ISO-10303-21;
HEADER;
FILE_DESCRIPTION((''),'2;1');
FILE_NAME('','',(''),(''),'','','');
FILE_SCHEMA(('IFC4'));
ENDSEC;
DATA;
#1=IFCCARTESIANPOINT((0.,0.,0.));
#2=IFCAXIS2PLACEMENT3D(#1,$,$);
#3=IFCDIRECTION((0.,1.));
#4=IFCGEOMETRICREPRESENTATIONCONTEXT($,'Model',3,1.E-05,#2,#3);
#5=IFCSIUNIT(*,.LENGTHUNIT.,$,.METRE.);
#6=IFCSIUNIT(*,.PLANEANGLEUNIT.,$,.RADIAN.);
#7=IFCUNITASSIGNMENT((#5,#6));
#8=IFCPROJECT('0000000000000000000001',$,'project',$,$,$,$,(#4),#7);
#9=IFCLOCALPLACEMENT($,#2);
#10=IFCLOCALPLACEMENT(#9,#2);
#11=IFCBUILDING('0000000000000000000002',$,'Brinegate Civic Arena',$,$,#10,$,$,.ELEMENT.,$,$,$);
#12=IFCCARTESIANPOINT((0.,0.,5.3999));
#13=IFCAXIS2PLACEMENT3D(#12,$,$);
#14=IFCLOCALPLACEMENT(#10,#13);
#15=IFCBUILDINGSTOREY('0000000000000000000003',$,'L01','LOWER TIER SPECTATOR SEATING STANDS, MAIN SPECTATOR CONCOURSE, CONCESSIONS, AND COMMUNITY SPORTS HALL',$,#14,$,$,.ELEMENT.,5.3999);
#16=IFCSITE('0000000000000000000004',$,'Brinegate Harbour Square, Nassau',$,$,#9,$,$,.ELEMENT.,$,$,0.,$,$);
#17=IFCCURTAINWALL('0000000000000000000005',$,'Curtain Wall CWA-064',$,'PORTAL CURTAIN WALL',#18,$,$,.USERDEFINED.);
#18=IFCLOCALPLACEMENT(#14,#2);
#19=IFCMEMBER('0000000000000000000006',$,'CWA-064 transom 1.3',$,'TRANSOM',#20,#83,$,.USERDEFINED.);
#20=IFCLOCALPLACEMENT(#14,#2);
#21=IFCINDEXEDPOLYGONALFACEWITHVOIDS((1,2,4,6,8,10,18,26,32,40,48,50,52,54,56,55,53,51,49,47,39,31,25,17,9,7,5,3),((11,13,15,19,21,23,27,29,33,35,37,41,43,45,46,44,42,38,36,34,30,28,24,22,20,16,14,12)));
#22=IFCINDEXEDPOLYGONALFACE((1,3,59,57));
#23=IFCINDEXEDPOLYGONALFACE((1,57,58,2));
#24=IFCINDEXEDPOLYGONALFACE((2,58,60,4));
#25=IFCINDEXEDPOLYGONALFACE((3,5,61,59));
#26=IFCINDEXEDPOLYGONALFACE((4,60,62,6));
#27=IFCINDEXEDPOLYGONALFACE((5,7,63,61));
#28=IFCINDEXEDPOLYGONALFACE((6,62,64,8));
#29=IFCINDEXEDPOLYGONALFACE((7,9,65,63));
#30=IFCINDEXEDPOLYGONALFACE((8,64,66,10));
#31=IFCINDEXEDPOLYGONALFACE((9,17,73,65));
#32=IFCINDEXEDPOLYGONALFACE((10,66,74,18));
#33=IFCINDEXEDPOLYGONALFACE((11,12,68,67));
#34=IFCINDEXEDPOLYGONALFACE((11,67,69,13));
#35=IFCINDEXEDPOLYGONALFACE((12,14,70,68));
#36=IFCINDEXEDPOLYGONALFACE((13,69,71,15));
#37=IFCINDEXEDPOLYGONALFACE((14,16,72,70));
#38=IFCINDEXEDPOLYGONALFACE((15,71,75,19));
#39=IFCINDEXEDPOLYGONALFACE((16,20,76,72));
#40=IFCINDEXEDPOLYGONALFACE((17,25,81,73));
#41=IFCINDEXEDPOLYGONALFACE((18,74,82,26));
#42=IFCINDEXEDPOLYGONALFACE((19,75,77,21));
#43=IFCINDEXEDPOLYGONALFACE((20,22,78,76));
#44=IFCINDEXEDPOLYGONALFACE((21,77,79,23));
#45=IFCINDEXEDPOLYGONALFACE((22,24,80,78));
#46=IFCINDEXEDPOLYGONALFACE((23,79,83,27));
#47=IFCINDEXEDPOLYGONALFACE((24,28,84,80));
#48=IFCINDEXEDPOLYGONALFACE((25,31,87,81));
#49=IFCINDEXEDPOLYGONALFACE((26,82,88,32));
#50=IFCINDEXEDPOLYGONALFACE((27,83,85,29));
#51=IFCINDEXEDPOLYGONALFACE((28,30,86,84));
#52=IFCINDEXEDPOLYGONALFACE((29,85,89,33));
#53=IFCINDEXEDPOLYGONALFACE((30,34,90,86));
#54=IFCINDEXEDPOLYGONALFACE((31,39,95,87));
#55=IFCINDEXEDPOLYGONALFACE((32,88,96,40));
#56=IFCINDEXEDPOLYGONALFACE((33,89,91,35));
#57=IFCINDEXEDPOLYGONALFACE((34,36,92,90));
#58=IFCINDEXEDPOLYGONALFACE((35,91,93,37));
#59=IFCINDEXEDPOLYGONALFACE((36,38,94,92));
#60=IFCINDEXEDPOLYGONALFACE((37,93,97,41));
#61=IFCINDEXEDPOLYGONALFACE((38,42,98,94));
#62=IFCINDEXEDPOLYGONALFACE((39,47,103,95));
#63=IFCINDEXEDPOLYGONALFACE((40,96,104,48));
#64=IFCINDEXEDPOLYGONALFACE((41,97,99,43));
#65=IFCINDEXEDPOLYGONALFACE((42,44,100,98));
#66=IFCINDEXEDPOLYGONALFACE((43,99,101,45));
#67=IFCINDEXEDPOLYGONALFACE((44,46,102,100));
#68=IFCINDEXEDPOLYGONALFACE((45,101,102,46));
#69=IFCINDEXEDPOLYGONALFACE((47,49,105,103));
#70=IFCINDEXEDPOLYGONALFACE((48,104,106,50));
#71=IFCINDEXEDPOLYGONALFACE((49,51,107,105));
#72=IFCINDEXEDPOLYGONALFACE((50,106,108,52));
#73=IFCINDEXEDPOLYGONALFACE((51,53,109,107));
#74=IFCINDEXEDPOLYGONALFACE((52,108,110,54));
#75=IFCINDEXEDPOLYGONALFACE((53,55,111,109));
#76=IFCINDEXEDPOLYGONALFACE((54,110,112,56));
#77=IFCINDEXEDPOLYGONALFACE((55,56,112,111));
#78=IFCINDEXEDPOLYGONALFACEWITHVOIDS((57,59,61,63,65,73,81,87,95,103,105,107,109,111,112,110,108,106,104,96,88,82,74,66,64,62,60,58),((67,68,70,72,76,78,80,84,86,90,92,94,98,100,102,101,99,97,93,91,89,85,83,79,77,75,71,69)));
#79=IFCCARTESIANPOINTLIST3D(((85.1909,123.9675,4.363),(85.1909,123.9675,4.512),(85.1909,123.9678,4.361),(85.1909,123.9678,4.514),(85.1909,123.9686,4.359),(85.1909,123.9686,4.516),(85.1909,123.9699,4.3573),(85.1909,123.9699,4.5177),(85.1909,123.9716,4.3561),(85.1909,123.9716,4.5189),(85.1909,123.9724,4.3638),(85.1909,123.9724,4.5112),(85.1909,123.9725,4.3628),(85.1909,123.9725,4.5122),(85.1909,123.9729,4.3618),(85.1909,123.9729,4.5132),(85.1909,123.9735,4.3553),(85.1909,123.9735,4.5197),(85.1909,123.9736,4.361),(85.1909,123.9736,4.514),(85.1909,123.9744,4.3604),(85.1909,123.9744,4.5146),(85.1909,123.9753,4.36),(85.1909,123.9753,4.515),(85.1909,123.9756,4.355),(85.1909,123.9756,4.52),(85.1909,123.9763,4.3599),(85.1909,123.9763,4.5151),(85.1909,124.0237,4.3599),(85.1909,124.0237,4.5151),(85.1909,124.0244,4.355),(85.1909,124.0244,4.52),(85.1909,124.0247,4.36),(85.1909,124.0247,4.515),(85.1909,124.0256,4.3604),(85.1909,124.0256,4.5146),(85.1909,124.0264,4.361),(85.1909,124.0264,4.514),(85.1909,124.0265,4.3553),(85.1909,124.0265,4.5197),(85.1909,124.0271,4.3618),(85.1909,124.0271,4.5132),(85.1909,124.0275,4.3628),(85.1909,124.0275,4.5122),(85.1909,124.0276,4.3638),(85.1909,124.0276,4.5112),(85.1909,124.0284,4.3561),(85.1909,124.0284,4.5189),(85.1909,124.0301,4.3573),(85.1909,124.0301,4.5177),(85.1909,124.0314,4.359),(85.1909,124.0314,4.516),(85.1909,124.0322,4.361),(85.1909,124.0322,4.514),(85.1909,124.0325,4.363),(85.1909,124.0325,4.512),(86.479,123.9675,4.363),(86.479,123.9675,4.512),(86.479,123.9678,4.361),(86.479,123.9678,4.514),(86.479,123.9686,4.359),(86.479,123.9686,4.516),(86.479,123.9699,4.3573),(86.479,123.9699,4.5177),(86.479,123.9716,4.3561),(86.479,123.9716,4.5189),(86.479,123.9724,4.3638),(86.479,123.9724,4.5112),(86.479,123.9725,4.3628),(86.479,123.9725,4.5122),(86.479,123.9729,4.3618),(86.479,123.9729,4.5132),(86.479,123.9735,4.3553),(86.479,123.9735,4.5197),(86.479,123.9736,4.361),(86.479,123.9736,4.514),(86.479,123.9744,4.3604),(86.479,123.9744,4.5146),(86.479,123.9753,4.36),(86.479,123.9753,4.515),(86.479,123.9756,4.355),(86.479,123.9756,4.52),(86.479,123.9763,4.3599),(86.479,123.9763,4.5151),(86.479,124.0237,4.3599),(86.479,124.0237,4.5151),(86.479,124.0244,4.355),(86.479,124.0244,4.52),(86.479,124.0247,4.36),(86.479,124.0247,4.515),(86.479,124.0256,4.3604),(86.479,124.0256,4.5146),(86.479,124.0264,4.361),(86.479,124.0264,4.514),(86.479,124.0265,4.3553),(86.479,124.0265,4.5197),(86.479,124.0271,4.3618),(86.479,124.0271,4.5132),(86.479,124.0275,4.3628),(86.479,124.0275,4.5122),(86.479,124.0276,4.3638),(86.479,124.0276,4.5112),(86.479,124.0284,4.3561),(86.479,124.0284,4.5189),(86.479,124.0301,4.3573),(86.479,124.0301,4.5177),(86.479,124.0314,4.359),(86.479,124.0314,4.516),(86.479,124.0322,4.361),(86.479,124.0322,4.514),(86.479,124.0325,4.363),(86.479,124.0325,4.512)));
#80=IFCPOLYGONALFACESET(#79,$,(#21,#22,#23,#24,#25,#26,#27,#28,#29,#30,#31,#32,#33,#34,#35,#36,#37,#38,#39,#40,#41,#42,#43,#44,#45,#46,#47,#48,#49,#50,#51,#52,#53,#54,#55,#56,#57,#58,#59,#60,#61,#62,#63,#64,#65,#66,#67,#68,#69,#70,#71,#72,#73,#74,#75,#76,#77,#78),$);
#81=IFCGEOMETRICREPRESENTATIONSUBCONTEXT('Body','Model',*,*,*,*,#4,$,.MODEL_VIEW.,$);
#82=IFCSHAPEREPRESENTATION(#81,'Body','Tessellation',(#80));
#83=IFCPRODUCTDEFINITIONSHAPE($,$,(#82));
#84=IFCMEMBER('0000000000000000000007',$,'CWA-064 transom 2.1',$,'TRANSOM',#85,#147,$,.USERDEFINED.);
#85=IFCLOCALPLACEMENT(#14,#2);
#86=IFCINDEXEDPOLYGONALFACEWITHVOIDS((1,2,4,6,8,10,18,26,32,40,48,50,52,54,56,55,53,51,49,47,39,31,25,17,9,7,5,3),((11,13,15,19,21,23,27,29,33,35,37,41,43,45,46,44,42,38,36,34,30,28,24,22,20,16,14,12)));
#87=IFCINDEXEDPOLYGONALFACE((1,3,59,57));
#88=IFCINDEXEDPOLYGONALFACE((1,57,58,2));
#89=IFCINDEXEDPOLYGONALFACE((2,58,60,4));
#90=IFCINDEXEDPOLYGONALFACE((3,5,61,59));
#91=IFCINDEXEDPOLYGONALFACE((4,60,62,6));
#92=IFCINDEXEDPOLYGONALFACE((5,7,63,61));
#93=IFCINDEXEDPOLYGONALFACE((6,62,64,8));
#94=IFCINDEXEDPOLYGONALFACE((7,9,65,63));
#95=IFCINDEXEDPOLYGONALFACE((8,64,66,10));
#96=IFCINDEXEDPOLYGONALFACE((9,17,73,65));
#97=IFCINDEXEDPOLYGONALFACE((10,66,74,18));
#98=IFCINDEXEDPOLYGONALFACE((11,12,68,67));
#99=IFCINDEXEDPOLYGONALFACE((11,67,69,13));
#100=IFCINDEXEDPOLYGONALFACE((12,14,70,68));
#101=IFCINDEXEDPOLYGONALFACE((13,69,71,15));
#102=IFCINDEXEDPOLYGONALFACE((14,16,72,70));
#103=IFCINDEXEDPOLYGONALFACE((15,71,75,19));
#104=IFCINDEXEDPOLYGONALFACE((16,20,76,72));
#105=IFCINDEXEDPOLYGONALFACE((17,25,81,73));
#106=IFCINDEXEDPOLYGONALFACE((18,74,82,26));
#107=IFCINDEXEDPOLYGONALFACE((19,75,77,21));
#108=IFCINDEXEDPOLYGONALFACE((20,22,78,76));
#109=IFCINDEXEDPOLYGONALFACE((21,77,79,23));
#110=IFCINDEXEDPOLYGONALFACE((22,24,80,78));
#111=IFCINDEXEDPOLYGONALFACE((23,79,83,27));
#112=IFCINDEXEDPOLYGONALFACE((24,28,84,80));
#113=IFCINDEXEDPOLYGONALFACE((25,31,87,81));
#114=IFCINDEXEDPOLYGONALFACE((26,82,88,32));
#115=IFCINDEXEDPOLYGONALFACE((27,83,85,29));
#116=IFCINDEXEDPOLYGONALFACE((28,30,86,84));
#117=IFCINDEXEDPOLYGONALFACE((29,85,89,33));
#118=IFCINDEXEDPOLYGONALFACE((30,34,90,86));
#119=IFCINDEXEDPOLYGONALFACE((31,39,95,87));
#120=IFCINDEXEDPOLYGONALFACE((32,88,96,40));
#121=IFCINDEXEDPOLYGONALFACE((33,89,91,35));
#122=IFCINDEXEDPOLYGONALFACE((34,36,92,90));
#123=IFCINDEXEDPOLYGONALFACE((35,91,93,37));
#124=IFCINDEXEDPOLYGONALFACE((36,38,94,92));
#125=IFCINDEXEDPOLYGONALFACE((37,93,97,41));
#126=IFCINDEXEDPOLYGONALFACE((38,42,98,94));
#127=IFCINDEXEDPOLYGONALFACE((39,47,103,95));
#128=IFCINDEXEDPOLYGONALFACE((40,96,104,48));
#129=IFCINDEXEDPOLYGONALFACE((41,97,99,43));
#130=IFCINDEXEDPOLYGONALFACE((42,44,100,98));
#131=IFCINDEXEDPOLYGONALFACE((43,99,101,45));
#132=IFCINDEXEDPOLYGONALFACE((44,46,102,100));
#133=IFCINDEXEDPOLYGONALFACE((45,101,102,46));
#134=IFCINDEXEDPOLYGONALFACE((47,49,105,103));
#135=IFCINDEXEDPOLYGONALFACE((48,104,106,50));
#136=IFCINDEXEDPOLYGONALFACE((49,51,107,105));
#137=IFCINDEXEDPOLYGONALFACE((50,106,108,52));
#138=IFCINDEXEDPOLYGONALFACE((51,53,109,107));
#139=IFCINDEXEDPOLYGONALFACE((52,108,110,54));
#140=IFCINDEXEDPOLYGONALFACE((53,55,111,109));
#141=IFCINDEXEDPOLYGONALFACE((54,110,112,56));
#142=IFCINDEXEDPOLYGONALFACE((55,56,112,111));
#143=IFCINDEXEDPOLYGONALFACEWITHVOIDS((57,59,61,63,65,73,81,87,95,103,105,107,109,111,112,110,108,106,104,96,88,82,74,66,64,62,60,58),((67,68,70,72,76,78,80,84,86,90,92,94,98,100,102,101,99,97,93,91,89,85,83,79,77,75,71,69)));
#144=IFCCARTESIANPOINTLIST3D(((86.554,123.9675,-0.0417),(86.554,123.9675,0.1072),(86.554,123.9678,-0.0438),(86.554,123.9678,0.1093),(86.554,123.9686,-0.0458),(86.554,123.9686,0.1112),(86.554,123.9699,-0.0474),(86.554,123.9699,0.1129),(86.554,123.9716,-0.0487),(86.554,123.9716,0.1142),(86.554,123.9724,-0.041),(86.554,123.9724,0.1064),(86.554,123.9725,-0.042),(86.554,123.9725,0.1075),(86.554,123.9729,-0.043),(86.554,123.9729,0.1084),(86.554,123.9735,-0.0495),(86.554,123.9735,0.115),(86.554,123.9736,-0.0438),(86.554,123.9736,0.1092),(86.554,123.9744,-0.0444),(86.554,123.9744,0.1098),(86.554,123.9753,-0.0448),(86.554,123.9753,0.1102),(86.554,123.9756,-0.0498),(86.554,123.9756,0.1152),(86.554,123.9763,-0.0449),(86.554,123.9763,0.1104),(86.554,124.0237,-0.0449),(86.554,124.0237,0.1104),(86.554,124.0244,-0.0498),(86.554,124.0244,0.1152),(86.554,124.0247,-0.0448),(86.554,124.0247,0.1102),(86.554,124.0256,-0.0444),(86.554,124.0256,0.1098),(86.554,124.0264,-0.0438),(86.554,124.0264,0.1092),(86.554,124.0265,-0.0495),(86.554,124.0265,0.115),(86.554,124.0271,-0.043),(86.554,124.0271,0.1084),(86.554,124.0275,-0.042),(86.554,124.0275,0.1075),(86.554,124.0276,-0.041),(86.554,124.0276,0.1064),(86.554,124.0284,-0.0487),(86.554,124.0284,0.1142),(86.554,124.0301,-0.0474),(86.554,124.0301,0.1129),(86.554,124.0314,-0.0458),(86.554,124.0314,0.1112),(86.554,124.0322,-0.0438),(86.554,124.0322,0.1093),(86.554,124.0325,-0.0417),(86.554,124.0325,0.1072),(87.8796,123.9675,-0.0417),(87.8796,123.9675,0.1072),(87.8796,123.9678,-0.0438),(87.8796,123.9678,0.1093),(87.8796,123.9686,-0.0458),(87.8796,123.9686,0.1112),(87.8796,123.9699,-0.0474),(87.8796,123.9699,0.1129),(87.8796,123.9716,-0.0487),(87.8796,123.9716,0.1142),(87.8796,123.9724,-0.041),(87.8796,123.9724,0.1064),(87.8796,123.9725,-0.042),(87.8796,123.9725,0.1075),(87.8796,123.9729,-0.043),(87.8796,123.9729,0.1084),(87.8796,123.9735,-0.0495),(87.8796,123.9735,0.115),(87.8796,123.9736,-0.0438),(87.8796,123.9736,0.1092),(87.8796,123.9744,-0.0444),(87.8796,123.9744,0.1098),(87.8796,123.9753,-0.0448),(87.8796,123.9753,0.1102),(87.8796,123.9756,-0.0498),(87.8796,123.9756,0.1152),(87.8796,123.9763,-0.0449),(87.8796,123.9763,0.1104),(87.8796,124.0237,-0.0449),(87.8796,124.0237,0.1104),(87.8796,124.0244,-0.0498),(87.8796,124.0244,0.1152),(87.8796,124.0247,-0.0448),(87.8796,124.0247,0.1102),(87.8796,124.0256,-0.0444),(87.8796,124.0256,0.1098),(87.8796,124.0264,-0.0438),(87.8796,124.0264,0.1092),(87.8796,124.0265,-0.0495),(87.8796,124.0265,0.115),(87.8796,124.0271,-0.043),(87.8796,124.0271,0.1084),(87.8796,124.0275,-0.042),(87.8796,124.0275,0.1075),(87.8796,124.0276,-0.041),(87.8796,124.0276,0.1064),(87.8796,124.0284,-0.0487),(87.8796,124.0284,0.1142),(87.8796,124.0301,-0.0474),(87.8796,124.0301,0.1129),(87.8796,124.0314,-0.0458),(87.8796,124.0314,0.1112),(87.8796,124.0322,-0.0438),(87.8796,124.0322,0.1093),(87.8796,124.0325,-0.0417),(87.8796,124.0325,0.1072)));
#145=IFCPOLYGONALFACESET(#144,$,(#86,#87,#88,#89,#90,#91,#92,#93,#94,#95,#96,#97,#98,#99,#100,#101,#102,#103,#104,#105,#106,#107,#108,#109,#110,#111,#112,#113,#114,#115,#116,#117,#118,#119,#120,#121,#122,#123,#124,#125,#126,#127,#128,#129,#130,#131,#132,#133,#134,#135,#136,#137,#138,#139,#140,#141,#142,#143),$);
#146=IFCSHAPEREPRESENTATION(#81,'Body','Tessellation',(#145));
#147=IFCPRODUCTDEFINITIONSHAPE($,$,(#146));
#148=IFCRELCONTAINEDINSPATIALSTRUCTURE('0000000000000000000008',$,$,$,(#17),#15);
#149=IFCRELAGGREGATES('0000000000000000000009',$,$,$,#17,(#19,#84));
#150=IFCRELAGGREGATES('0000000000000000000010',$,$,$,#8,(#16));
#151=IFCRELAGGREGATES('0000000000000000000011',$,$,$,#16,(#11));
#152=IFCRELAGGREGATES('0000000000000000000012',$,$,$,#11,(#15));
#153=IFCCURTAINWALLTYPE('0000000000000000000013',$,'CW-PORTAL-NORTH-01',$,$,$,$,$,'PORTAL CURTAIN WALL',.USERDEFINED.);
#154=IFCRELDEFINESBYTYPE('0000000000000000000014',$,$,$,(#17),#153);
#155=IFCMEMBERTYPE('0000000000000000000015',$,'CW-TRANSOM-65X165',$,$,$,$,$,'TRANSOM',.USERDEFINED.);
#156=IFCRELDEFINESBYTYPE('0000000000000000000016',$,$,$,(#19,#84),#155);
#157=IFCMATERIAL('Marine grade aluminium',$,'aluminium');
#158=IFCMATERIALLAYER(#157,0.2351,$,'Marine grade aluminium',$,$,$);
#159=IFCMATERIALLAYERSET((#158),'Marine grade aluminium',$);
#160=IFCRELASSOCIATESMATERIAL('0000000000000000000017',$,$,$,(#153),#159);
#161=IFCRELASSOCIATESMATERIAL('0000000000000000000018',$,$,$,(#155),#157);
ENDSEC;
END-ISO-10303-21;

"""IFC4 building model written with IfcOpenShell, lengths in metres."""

from ifc_helpers import new_model, si_unit, direction, frame, origin, origin_2d, place, context, subcontext, project, spatial, hollow_rectangle, extrude, material, layer, layer_set, material_profile, profile_set, type_object, element, aggregate, save


model = new_model("IFC4")

# Units and contexts
model_context = context("Model", 3, precision=1e-05, world=origin(), true_north=direction((0.0, 1.0)))
body_context = subcontext(model_context, "Body", "Model", "MODEL_VIEW")
ifc_project = project(units=[si_unit("LENGTHUNIT", "METRE"), si_unit("PLANEANGLEUNIT", "RADIAN")], contexts=[model_context])

# Site, building, storey
site_placement = place(None, origin())
site = spatial("IfcSite", under=ifc_project, at=site_placement, Name="Brinegate Harbour Square, Nassau", CompositionType="ELEMENT", RefElevation=0.0)
building_placement = place(site_placement, origin())
building = spatial("IfcBuilding", under=site, at=building_placement, Name="Brinegate Civic Arena", CompositionType="ELEMENT")
storey_placement = place(building_placement, frame((0.0, 0.0, 5.3999)))
storey = spatial("IfcBuildingStorey", under=building, at=storey_placement, Name="L01", Description="LOWER TIER SPECTATOR SEATING STANDS, MAIN SPECTATOR CONCOURSE, CONCESSIONS, AND COMMUNITY SPORTS HALL", CompositionType="ELEMENT", Elevation=5.3999)

# Curtain wall, members
ifc_material_1 = material(Name="Marine grade aluminium", Category="aluminium")
ifc_layer_1 = layer(ifc_material_1, 0.2351, Name="Marine grade aluminium")
ifc_layer_set_1 = layer_set([ifc_layer_1], Name="Marine grade aluminium")
curtain_wall_type = type_object("IfcCurtainWallType", Name="CW-PORTAL-NORTH-01", ElementType="PORTAL CURTAIN WALL", PredefinedType="USERDEFINED", material=ifc_layer_set_1)
curtain_wall_placement = place(storey_placement, origin())
curtain_wall = element("IfcCurtainWall", 1, at=curtain_wall_placement, inside=storey, type_object=curtain_wall_type, Name="Curtain Wall CWA-064", ObjectType="PORTAL CURTAIN WALL", PredefinedType="USERDEFINED")
ifc_material_profile_1 = material_profile(ifc_material_1, hollow_rectangle(XDim=0.0649, YDim=0.165, WallThickness=0.0049, InnerFilletRadius=0.0039, OuterFilletRadius=0.0081, at=origin_2d()), Name="TRN65X165")
ifc_profile_set_1 = profile_set([ifc_material_profile_1], Name="Marine grade aluminium")
member_type_1 = type_object("IfcMemberType", Name="CW-TRANSOM-65X165", ElementType="TRANSOM", PredefinedType="USERDEFINED", material=ifc_profile_set_1)
member_1_placement = place(storey_placement, frame((85.1909, 124.0, 4.4375), z_axis=(1.0, 0.0, 0.0), x_axis=(0.0, 1.0, 0.0)))
member_1 = element("IfcMember", 2, at=member_1_placement, type_object=member_type_1, Name="CWA-064 transom 1.3", ObjectType="TRANSOM", PredefinedType="USERDEFINED", context=body_context, shape_type="SweptSolid", body=[
    extrude(hollow_rectangle(XDim=0.0649, YDim=0.165, WallThickness=0.0049, InnerFilletRadius=0.0039, OuterFilletRadius=0.0081, at=origin_2d()), origin(), (0.0, 0.0, 1.0), 1.2881),
])
member_2_placement = place(storey_placement, frame((86.554, 124.0, 0.0327), z_axis=(1.0, 0.0, 0.0), x_axis=(0.0, 1.0, 0.0)))
member_2 = element("IfcMember", 3, at=member_2_placement, type_object=member_type_1, Name="CWA-064 transom 2.1", ObjectType="TRANSOM", PredefinedType="USERDEFINED", context=body_context, shape_type="SweptSolid", body=[
    extrude(hollow_rectangle(XDim=0.0649, YDim=0.165, WallThickness=0.0049, InnerFilletRadius=0.0039, OuterFilletRadius=0.0081, at=origin_2d()), origin(), (0.0, 0.0, 1.0), 1.3257),
])

aggregate(curtain_wall, [member_1, member_2])

save(model, "model.ifc")
